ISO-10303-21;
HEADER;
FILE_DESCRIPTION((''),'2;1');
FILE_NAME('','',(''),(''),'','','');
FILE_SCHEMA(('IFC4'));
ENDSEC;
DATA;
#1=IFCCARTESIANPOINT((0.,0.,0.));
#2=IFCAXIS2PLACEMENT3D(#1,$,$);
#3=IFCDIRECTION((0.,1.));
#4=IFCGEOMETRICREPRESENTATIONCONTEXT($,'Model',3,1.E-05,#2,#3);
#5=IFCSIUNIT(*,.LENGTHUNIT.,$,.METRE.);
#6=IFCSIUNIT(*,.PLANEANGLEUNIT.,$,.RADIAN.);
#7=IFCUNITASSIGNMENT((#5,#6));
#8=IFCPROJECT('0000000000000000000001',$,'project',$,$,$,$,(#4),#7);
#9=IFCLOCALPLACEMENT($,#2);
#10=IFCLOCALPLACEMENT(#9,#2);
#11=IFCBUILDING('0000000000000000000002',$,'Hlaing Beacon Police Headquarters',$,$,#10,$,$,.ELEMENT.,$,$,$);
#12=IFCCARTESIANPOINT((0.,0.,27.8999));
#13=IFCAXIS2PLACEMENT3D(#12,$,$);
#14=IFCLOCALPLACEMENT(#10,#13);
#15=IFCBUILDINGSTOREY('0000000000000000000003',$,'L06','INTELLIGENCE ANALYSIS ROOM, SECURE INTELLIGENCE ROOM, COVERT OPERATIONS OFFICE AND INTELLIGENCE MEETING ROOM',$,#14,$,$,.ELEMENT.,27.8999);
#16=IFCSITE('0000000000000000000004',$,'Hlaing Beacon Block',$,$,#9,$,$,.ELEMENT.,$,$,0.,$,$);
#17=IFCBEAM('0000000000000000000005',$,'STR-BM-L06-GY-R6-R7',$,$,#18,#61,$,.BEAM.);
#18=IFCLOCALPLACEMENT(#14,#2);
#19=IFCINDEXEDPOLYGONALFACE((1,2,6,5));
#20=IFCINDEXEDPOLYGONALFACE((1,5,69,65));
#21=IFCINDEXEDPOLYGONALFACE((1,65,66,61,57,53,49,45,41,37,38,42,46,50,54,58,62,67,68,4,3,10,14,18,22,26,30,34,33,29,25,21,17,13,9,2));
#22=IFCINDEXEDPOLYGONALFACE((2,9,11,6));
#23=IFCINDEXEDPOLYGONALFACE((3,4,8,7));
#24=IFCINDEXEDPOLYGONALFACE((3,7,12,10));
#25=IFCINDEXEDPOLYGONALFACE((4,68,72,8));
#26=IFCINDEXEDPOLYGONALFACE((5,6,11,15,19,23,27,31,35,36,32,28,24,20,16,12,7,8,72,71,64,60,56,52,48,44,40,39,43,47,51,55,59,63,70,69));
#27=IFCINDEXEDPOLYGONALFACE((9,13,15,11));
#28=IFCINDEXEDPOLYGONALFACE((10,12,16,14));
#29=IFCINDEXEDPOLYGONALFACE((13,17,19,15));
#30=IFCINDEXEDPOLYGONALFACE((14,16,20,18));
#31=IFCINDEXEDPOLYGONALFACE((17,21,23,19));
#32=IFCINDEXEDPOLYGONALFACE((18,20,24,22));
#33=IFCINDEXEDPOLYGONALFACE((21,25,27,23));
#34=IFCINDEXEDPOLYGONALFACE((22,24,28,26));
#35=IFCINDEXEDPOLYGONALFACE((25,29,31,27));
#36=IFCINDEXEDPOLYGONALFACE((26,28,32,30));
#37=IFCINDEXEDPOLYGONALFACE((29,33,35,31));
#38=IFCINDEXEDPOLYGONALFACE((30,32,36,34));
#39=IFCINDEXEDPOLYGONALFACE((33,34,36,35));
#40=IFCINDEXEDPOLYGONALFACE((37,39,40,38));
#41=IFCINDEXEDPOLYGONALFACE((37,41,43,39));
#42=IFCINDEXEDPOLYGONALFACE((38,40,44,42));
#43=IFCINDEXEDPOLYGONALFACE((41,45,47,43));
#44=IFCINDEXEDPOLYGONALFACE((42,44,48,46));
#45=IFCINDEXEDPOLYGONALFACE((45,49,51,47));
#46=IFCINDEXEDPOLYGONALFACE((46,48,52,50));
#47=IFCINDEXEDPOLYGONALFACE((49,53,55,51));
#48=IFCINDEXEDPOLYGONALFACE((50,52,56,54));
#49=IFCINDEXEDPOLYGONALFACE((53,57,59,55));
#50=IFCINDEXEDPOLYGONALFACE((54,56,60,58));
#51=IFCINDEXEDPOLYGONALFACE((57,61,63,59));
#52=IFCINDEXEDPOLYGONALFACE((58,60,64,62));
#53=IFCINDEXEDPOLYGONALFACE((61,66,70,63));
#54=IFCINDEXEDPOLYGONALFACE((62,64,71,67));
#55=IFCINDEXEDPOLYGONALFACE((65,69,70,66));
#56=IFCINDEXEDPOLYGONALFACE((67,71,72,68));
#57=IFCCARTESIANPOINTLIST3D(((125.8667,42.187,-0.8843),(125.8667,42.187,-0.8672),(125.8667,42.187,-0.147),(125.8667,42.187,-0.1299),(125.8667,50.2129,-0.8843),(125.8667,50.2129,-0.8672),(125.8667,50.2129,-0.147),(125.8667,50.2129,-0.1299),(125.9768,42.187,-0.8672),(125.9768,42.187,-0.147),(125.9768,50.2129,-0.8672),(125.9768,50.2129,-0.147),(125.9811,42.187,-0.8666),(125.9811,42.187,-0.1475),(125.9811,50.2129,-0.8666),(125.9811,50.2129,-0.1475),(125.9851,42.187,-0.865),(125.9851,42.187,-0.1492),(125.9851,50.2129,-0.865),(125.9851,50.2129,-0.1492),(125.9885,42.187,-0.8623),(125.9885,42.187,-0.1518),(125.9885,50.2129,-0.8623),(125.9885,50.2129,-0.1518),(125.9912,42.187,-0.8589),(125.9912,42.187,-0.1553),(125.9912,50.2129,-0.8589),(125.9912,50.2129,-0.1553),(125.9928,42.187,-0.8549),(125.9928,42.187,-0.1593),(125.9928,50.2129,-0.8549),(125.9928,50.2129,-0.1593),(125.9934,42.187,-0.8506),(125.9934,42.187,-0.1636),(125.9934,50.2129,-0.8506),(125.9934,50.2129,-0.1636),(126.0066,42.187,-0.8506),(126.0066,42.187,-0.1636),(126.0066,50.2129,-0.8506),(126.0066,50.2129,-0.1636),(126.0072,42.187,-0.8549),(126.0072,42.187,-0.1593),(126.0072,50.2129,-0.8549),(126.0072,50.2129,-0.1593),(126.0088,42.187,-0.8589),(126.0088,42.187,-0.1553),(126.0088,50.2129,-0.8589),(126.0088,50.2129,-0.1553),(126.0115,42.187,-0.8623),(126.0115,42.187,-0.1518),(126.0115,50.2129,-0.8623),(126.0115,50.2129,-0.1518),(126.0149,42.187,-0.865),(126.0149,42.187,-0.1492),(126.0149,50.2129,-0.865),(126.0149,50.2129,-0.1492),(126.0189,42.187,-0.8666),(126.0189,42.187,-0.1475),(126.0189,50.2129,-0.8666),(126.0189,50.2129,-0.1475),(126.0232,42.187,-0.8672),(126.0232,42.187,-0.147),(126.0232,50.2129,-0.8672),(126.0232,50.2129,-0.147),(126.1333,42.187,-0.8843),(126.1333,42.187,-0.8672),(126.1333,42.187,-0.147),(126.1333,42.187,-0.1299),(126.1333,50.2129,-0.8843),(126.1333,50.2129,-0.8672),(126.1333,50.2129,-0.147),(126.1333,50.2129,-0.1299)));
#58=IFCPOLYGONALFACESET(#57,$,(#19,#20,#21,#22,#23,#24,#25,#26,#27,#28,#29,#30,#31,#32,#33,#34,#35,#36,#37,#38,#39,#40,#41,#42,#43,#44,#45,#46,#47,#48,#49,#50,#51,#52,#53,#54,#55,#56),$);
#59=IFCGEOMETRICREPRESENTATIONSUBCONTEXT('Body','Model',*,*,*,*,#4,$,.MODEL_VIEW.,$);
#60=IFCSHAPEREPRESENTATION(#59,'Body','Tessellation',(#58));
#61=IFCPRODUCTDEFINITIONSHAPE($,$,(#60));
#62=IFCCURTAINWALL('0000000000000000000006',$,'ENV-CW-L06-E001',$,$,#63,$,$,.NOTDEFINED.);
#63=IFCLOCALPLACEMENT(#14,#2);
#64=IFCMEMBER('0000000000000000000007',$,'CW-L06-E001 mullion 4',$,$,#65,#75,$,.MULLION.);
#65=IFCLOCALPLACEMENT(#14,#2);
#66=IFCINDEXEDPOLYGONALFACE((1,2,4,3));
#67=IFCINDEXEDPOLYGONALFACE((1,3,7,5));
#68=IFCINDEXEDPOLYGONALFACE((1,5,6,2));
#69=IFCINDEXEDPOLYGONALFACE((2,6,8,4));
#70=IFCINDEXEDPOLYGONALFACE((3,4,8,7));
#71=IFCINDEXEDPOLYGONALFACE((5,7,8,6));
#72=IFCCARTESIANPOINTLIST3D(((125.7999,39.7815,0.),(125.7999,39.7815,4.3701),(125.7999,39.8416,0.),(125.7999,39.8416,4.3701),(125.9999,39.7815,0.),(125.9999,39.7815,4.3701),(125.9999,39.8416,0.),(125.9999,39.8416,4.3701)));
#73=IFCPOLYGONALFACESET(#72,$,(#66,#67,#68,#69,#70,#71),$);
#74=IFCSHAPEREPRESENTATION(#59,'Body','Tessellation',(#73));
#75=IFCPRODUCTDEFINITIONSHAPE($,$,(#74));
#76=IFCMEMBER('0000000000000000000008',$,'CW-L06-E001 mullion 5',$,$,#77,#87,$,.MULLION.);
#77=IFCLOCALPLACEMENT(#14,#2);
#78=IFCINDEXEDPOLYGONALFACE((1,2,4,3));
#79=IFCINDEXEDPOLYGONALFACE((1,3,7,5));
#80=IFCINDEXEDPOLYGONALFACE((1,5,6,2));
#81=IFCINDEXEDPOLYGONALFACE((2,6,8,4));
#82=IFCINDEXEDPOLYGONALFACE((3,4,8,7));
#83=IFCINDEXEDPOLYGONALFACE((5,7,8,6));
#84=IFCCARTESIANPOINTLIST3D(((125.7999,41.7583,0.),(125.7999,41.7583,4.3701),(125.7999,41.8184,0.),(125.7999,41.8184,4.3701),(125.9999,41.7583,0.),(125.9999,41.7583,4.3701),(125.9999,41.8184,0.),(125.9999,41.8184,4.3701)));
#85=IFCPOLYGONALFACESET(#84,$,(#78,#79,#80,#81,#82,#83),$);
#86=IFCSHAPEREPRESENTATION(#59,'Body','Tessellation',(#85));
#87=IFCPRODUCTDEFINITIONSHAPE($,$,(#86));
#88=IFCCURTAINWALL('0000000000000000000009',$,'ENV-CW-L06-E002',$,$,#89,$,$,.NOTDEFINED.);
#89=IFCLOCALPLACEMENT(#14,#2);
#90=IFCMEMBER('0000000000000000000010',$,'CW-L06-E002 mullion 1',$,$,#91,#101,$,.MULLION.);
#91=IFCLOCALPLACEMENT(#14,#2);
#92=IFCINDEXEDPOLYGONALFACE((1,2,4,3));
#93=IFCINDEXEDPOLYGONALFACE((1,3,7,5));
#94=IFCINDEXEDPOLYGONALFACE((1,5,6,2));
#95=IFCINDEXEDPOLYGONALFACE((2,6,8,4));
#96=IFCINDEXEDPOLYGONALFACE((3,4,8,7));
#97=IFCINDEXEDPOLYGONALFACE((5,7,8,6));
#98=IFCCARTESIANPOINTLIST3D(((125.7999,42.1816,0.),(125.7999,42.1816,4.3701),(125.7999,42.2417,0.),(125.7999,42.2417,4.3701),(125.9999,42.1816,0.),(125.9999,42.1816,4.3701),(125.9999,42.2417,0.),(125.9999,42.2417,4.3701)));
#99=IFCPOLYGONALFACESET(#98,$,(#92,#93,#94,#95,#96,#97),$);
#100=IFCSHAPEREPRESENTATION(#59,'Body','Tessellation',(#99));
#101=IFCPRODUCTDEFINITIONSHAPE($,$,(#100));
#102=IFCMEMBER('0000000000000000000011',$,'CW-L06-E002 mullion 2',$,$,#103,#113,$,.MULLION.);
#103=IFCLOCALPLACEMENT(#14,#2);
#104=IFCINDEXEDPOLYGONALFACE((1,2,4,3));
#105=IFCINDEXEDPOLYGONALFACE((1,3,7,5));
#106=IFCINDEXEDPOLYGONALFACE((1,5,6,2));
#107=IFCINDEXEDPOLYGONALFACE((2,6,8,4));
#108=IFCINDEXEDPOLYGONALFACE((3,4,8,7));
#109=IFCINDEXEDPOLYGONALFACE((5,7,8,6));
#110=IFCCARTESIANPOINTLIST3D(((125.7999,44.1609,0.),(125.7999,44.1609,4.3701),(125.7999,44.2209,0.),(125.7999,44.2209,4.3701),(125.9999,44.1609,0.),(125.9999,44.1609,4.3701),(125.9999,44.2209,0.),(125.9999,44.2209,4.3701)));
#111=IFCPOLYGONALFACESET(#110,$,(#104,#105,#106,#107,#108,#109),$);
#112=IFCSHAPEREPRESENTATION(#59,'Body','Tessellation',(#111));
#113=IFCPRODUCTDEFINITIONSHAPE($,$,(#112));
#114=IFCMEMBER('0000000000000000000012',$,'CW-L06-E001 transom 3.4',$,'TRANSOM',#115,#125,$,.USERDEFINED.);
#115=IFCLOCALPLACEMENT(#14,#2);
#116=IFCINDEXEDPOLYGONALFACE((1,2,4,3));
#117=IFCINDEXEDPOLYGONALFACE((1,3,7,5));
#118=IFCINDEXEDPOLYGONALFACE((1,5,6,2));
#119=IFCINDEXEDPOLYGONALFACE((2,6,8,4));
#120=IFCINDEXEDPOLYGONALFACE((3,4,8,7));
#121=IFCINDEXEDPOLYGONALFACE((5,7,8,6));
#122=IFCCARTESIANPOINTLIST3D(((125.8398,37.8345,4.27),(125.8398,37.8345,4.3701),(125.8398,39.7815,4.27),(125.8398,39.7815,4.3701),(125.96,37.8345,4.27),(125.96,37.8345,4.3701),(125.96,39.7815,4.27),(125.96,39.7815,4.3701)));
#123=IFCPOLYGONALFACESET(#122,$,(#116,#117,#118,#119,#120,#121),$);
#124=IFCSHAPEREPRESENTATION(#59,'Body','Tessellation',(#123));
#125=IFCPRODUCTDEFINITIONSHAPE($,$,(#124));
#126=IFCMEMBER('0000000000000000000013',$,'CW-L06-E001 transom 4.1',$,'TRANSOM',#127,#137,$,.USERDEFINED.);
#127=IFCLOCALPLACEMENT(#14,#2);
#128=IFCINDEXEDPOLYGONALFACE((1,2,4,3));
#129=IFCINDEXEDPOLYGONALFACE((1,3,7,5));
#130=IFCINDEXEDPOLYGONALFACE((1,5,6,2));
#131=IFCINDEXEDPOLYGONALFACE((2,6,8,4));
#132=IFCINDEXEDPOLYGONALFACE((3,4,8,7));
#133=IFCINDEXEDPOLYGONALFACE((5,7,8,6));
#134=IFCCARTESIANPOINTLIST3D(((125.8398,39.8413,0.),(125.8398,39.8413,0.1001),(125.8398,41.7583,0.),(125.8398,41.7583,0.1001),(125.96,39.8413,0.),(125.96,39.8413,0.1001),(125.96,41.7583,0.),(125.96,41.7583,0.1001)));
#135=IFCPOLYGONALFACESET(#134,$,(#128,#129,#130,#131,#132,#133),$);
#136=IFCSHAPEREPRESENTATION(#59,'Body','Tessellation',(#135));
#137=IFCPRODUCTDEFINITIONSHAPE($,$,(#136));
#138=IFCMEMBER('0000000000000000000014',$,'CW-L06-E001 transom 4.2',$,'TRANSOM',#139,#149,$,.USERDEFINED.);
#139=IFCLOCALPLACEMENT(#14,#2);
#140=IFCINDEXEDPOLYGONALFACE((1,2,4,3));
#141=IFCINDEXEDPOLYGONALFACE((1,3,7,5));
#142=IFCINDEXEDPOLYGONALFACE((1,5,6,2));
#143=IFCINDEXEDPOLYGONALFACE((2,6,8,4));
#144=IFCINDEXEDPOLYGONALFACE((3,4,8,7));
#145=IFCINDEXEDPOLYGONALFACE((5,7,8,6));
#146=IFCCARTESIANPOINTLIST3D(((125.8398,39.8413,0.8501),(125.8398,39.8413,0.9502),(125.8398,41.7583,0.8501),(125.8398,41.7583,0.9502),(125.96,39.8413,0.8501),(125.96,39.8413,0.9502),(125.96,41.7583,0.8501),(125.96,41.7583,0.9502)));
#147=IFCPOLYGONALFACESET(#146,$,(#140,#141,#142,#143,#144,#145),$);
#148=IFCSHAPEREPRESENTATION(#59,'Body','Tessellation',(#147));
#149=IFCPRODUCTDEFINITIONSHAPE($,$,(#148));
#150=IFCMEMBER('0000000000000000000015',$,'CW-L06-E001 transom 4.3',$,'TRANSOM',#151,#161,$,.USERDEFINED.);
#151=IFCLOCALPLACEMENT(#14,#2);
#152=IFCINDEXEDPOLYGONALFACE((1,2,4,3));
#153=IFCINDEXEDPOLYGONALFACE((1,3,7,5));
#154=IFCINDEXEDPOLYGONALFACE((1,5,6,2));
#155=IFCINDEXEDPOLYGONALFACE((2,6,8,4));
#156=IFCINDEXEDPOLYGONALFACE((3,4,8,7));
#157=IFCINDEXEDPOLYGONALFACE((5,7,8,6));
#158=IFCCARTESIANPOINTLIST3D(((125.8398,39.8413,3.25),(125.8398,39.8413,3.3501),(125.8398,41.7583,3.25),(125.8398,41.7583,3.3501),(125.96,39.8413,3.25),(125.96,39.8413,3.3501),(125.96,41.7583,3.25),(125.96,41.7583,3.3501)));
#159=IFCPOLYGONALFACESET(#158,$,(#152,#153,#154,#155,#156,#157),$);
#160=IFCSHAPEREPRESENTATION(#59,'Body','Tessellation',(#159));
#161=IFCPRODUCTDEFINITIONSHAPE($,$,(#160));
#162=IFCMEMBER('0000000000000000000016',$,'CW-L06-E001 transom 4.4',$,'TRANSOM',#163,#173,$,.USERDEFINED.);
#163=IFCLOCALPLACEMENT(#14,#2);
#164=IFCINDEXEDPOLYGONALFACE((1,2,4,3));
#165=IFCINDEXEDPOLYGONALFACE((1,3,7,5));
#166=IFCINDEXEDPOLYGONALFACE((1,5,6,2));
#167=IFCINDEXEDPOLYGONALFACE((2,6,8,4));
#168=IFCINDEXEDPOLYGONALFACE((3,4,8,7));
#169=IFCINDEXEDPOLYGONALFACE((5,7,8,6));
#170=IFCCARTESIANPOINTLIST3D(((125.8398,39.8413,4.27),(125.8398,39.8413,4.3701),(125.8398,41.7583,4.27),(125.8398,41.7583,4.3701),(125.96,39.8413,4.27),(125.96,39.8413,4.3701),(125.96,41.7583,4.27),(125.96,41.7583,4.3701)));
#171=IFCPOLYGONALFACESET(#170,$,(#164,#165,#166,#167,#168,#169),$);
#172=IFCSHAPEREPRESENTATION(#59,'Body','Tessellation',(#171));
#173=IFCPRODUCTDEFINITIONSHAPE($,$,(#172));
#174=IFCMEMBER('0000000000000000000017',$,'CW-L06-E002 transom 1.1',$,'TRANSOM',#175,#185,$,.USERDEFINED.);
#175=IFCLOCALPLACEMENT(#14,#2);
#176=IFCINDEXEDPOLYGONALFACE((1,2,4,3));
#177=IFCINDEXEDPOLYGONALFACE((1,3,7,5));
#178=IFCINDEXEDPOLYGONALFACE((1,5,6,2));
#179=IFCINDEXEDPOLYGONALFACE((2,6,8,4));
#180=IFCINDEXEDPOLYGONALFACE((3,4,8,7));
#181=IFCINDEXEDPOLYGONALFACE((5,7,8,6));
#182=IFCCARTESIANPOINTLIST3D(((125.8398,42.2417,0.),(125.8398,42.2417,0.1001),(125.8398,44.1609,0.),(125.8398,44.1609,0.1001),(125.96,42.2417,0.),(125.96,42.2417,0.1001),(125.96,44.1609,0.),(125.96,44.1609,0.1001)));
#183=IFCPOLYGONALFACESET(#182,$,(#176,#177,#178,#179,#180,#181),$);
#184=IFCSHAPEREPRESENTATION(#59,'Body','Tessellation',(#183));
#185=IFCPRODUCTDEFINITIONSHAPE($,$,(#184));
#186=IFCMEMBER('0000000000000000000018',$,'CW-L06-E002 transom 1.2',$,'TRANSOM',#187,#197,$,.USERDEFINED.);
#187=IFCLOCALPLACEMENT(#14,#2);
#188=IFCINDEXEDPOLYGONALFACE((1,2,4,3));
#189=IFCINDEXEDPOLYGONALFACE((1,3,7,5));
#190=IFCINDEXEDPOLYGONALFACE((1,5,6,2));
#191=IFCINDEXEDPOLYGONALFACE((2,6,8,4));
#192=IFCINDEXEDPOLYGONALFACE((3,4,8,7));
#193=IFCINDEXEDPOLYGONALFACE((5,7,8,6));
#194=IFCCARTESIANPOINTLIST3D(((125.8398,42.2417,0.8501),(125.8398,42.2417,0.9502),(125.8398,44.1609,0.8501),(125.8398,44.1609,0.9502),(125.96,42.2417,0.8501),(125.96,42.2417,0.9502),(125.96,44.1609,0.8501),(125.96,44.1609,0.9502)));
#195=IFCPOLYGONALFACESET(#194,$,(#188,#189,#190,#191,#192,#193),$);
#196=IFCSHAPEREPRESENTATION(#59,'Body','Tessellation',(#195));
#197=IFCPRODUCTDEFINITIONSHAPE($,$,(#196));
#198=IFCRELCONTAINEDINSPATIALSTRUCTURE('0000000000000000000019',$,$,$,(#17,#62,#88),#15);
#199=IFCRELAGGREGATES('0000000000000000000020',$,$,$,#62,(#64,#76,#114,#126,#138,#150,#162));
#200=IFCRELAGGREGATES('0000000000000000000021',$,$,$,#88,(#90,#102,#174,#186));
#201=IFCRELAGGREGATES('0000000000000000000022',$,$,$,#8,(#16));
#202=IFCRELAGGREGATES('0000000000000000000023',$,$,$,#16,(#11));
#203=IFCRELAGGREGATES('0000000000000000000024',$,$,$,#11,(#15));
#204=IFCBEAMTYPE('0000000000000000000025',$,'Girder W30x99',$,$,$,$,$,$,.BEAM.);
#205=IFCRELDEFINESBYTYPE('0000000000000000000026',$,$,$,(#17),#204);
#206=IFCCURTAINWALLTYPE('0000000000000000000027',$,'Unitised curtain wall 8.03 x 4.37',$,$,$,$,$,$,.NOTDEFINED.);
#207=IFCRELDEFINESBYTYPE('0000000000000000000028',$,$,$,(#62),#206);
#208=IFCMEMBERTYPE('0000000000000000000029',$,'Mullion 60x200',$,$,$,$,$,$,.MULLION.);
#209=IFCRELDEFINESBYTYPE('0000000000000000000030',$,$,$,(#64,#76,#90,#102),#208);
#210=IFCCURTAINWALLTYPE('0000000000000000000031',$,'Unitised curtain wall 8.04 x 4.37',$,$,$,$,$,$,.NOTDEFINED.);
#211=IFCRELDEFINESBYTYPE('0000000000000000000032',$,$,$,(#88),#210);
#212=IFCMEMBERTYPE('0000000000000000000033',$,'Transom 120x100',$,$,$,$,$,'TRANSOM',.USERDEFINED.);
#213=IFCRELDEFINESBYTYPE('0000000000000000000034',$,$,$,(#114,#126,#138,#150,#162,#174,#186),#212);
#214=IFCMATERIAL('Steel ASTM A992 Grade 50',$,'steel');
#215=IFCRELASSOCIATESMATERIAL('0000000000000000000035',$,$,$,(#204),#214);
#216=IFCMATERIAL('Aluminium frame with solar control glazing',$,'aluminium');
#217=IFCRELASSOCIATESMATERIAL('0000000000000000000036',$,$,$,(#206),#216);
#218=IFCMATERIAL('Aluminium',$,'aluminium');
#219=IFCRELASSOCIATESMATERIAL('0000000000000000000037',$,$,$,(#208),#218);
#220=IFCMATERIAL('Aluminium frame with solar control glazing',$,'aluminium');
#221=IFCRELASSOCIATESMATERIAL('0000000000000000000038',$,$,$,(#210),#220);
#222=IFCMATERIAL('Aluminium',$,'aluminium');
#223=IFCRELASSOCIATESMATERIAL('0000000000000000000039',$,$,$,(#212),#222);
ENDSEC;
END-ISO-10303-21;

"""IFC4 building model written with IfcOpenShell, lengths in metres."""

from ifc_helpers import new_model, si_unit, direction, frame, origin, origin_2d, place, context, subcontext, project, spatial, rectangle, i_section, extrude, material, material_profile, profile_set, type_object, element, aggregate, save


model = new_model("IFC4")

# Units and contexts
model_context = context("Model", 3, precision=1e-05, world=origin(), true_north=direction((0.0, 1.0)))
body_context = subcontext(model_context, "Body", "Model", "MODEL_VIEW")
ifc_project = project(units=[si_unit("LENGTHUNIT", "METRE"), si_unit("PLANEANGLEUNIT", "RADIAN")], contexts=[model_context])

# Site, building, storey
site_placement = place(None, origin())
site = spatial("IfcSite", under=ifc_project, at=site_placement, Name="Hlaing Beacon Block", CompositionType="ELEMENT", RefElevation=0.0)
building_placement = place(site_placement, origin())
building = spatial("IfcBuilding", under=site, at=building_placement, Name="Hlaing Beacon Police Headquarters", CompositionType="ELEMENT")
storey_placement = place(building_placement, frame((0.0, 0.0, 27.8999)))
storey = spatial("IfcBuildingStorey", under=building, at=storey_placement, Name="L06", Description="INTELLIGENCE ANALYSIS ROOM, SECURE INTELLIGENCE ROOM, COVERT OPERATIONS OFFICE AND INTELLIGENCE MEETING ROOM", CompositionType="ELEMENT", Elevation=27.8999)

# Beam
ifc_material_1 = material(Name="Steel ASTM A992 Grade 50", Category="steel")
ifc_material_profile_1 = material_profile(ifc_material_1, i_section(OverallWidth=0.2666, OverallDepth=0.7544, WebThickness=0.0132, FlangeThickness=0.0171, FilletRadius=0.0166, at=origin_2d()), Name="W30x99")
ifc_profile_set_1 = profile_set([ifc_material_profile_1], Name="Steel ASTM A992 Grade 50")
beam_type_1 = type_object("IfcBeamType", Name="Girder W30x99", PredefinedType="BEAM", material=ifc_profile_set_1)
beam_1_placement = place(storey_placement, frame((126.0, 42.187, -0.5071), z_axis=(0.0, 1.0, 0.0), x_axis=(-1.0, 0.0, 0.0)))
element("IfcBeam", 1, at=beam_1_placement, inside=storey, type_object=beam_type_1, Name="STR-BM-L06-GY-R6-R7", PredefinedType="BEAM", context=body_context, shape_type="SweptSolid", body=[
    extrude(i_section(OverallWidth=0.2666, OverallDepth=0.7544, WebThickness=0.0132, FlangeThickness=0.0171, FilletRadius=0.0166, at=origin_2d()), origin(), (0.0, 0.0, 1.0), 8.0259),
])

# Curtain walls, members
ifc_material_2 = material(Name="Aluminium frame with solar control glazing", Category="aluminium")
curtain_wall_type_1 = type_object("IfcCurtainWallType", Name="Unitised curtain wall 8.03 x 4.37", PredefinedType="NOTDEFINED", material=ifc_material_2)
curtain_wall_1_placement = place(storey_placement, origin())
curtain_wall_1 = element("IfcCurtainWall", 2, at=curtain_wall_1_placement, inside=storey, type_object=curtain_wall_type_1, Name="ENV-CW-L06-E001", PredefinedType="NOTDEFINED")
ifc_material_3 = material(Name="Aluminium", Category="aluminium")
ifc_material_profile_2 = material_profile(ifc_material_3, rectangle(XDim=0.2, YDim=0.0601, at=origin_2d()), Name="Mullion 60x200")
ifc_profile_set_2 = profile_set([ifc_material_profile_2], Name="Aluminium")
member_type_1 = type_object("IfcMemberType", Name="Mullion 60x200", PredefinedType="MULLION", material=ifc_profile_set_2)
member_1_placement = place(storey_placement, frame((125.8999, 39.8115, 0.0), z_axis=(0.0, 0.0, 1.0), x_axis=(-1.0, 0.0, 0.0)))
member_1 = element("IfcMember", 3, at=member_1_placement, type_object=member_type_1, Name="CW-L06-E001 mullion 4", PredefinedType="MULLION", context=body_context, shape_type="SweptSolid", body=[
    extrude(rectangle(XDim=0.2, YDim=0.0601, at=origin_2d()), origin(), (0.0, 0.0, 1.0), 4.3701),
])
member_2_placement = place(storey_placement, frame((125.8999, 41.7883, 0.0), z_axis=(0.0, 0.0, 1.0), x_axis=(-1.0, 0.0, 0.0)))
member_2 = element("IfcMember", 4, at=member_2_placement, type_object=member_type_1, Name="CW-L06-E001 mullion 5", PredefinedType="MULLION", context=body_context, shape_type="SweptSolid", body=[
    extrude(rectangle(XDim=0.2, YDim=0.0601, at=origin_2d()), origin(), (0.0, 0.0, 1.0), 4.3701),
])
ifc_material_4 = material(Name="Aluminium frame with solar control glazing", Category="aluminium")
curtain_wall_type_2 = type_object("IfcCurtainWallType", Name="Unitised curtain wall 8.04 x 4.37", PredefinedType="NOTDEFINED", material=ifc_material_4)
curtain_wall_2_placement = place(storey_placement, origin())
curtain_wall_2 = element("IfcCurtainWall", 5, at=curtain_wall_2_placement, inside=storey, type_object=curtain_wall_type_2, Name="ENV-CW-L06-E002", PredefinedType="NOTDEFINED")
member_3_placement = place(storey_placement, frame((125.8999, 42.2117, 0.0), z_axis=(0.0, 0.0, 1.0), x_axis=(-1.0, 0.0, 0.0)))
member_3 = element("IfcMember", 6, at=member_3_placement, type_object=member_type_1, Name="CW-L06-E002 mullion 1", PredefinedType="MULLION", context=body_context, shape_type="SweptSolid", body=[
    extrude(rectangle(XDim=0.2, YDim=0.0601, at=origin_2d()), origin(), (0.0, 0.0, 1.0), 4.3701),
])
member_4_placement = place(storey_placement, frame((125.8999, 44.1909, 0.0), z_axis=(0.0, 0.0, 1.0), x_axis=(-1.0, 0.0, 0.0)))
member_4 = element("IfcMember", 7, at=member_4_placement, type_object=member_type_1, Name="CW-L06-E002 mullion 2", PredefinedType="MULLION", context=body_context, shape_type="SweptSolid", body=[
    extrude(rectangle(XDim=0.2, YDim=0.0601, at=origin_2d()), origin(), (0.0, 0.0, 1.0), 4.3701),
])

# Members
ifc_material_5 = material(Name="Aluminium", Category="aluminium")
ifc_material_profile_3 = material_profile(ifc_material_5, rectangle(XDim=0.1201, YDim=0.1001, at=origin_2d()), Name="Transom 120x100")
ifc_profile_set_3 = profile_set([ifc_material_profile_3], Name="Aluminium")
member_type_2 = type_object("IfcMemberType", Name="Transom 120x100", ElementType="TRANSOM", PredefinedType="USERDEFINED", material=ifc_profile_set_3)
member_5_placement = place(storey_placement, frame((125.8999, 37.8345, 4.3201), z_axis=(0.0, 1.0, 0.0), x_axis=(-1.0, 0.0, 0.0)))
member_5 = element("IfcMember", 8, at=member_5_placement, type_object=member_type_2, Name="CW-L06-E001 transom 3.4", ObjectType="TRANSOM", PredefinedType="USERDEFINED", context=body_context, shape_type="SweptSolid", body=[
    extrude(rectangle(XDim=0.1201, YDim=0.1001, at=origin_2d()), origin(), (0.0, 0.0, 1.0), 1.947),
])
member_6_placement = place(storey_placement, frame((125.8999, 39.8413, 0.05), z_axis=(0.0, 1.0, 0.0), x_axis=(-1.0, 0.0, 0.0)))
member_6 = element("IfcMember", 9, at=member_6_placement, type_object=member_type_2, Name="CW-L06-E001 transom 4.1", ObjectType="TRANSOM", PredefinedType="USERDEFINED", context=body_context, shape_type="SweptSolid", body=[
    extrude(rectangle(XDim=0.1201, YDim=0.1001, at=origin_2d()), origin(), (0.0, 0.0, 1.0), 1.917),
])
member_7_placement = place(storey_placement, frame((125.8999, 39.8413, 0.9001), z_axis=(0.0, 1.0, 0.0), x_axis=(-1.0, 0.0, 0.0)))
member_7 = element("IfcMember", 10, at=member_7_placement, type_object=member_type_2, Name="CW-L06-E001 transom 4.2", ObjectType="TRANSOM", PredefinedType="USERDEFINED", context=body_context, shape_type="SweptSolid", body=[
    extrude(rectangle(XDim=0.1201, YDim=0.1001, at=origin_2d()), origin(), (0.0, 0.0, 1.0), 1.917),
])
member_8_placement = place(storey_placement, frame((125.8999, 39.8413, 3.3), z_axis=(0.0, 1.0, 0.0), x_axis=(-1.0, 0.0, 0.0)))
member_8 = element("IfcMember", 11, at=member_8_placement, type_object=member_type_2, Name="CW-L06-E001 transom 4.3", ObjectType="TRANSOM", PredefinedType="USERDEFINED", context=body_context, shape_type="SweptSolid", body=[
    extrude(rectangle(XDim=0.1201, YDim=0.1001, at=origin_2d()), origin(), (0.0, 0.0, 1.0), 1.917),
])
member_9_placement = place(storey_placement, frame((125.8999, 39.8413, 4.3201), z_axis=(0.0, 1.0, 0.0), x_axis=(-1.0, 0.0, 0.0)))
member_9 = element("IfcMember", 12, at=member_9_placement, type_object=member_type_2, Name="CW-L06-E001 transom 4.4", ObjectType="TRANSOM", PredefinedType="USERDEFINED", context=body_context, shape_type="SweptSolid", body=[
    extrude(rectangle(XDim=0.1201, YDim=0.1001, at=origin_2d()), origin(), (0.0, 0.0, 1.0), 1.917),
])
member_10_placement = place(storey_placement, frame((125.8999, 42.2417, 0.05), z_axis=(0.0, 1.0, 0.0), x_axis=(-1.0, 0.0, 0.0)))
member_10 = element("IfcMember", 13, at=member_10_placement, type_object=member_type_2, Name="CW-L06-E002 transom 1.1", ObjectType="TRANSOM", PredefinedType="USERDEFINED", context=body_context, shape_type="SweptSolid", body=[
    extrude(rectangle(XDim=0.1201, YDim=0.1001, at=origin_2d()), origin(), (0.0, 0.0, 1.0), 1.9192),
])
member_11_placement = place(storey_placement, frame((125.8999, 42.2417, 0.9001), z_axis=(0.0, 1.0, 0.0), x_axis=(-1.0, 0.0, 0.0)))
member_11 = element("IfcMember", 14, at=member_11_placement, type_object=member_type_2, Name="CW-L06-E002 transom 1.2", ObjectType="TRANSOM", PredefinedType="USERDEFINED", context=body_context, shape_type="SweptSolid", body=[
    extrude(rectangle(XDim=0.1201, YDim=0.1001, at=origin_2d()), origin(), (0.0, 0.0, 1.0), 1.9192),
])

aggregate(curtain_wall_1, [member_1, member_2, member_5, member_6, member_7, member_8, member_9])
aggregate(curtain_wall_2, [member_3, member_4, member_10, member_11])

save(model, "model.ifc")
